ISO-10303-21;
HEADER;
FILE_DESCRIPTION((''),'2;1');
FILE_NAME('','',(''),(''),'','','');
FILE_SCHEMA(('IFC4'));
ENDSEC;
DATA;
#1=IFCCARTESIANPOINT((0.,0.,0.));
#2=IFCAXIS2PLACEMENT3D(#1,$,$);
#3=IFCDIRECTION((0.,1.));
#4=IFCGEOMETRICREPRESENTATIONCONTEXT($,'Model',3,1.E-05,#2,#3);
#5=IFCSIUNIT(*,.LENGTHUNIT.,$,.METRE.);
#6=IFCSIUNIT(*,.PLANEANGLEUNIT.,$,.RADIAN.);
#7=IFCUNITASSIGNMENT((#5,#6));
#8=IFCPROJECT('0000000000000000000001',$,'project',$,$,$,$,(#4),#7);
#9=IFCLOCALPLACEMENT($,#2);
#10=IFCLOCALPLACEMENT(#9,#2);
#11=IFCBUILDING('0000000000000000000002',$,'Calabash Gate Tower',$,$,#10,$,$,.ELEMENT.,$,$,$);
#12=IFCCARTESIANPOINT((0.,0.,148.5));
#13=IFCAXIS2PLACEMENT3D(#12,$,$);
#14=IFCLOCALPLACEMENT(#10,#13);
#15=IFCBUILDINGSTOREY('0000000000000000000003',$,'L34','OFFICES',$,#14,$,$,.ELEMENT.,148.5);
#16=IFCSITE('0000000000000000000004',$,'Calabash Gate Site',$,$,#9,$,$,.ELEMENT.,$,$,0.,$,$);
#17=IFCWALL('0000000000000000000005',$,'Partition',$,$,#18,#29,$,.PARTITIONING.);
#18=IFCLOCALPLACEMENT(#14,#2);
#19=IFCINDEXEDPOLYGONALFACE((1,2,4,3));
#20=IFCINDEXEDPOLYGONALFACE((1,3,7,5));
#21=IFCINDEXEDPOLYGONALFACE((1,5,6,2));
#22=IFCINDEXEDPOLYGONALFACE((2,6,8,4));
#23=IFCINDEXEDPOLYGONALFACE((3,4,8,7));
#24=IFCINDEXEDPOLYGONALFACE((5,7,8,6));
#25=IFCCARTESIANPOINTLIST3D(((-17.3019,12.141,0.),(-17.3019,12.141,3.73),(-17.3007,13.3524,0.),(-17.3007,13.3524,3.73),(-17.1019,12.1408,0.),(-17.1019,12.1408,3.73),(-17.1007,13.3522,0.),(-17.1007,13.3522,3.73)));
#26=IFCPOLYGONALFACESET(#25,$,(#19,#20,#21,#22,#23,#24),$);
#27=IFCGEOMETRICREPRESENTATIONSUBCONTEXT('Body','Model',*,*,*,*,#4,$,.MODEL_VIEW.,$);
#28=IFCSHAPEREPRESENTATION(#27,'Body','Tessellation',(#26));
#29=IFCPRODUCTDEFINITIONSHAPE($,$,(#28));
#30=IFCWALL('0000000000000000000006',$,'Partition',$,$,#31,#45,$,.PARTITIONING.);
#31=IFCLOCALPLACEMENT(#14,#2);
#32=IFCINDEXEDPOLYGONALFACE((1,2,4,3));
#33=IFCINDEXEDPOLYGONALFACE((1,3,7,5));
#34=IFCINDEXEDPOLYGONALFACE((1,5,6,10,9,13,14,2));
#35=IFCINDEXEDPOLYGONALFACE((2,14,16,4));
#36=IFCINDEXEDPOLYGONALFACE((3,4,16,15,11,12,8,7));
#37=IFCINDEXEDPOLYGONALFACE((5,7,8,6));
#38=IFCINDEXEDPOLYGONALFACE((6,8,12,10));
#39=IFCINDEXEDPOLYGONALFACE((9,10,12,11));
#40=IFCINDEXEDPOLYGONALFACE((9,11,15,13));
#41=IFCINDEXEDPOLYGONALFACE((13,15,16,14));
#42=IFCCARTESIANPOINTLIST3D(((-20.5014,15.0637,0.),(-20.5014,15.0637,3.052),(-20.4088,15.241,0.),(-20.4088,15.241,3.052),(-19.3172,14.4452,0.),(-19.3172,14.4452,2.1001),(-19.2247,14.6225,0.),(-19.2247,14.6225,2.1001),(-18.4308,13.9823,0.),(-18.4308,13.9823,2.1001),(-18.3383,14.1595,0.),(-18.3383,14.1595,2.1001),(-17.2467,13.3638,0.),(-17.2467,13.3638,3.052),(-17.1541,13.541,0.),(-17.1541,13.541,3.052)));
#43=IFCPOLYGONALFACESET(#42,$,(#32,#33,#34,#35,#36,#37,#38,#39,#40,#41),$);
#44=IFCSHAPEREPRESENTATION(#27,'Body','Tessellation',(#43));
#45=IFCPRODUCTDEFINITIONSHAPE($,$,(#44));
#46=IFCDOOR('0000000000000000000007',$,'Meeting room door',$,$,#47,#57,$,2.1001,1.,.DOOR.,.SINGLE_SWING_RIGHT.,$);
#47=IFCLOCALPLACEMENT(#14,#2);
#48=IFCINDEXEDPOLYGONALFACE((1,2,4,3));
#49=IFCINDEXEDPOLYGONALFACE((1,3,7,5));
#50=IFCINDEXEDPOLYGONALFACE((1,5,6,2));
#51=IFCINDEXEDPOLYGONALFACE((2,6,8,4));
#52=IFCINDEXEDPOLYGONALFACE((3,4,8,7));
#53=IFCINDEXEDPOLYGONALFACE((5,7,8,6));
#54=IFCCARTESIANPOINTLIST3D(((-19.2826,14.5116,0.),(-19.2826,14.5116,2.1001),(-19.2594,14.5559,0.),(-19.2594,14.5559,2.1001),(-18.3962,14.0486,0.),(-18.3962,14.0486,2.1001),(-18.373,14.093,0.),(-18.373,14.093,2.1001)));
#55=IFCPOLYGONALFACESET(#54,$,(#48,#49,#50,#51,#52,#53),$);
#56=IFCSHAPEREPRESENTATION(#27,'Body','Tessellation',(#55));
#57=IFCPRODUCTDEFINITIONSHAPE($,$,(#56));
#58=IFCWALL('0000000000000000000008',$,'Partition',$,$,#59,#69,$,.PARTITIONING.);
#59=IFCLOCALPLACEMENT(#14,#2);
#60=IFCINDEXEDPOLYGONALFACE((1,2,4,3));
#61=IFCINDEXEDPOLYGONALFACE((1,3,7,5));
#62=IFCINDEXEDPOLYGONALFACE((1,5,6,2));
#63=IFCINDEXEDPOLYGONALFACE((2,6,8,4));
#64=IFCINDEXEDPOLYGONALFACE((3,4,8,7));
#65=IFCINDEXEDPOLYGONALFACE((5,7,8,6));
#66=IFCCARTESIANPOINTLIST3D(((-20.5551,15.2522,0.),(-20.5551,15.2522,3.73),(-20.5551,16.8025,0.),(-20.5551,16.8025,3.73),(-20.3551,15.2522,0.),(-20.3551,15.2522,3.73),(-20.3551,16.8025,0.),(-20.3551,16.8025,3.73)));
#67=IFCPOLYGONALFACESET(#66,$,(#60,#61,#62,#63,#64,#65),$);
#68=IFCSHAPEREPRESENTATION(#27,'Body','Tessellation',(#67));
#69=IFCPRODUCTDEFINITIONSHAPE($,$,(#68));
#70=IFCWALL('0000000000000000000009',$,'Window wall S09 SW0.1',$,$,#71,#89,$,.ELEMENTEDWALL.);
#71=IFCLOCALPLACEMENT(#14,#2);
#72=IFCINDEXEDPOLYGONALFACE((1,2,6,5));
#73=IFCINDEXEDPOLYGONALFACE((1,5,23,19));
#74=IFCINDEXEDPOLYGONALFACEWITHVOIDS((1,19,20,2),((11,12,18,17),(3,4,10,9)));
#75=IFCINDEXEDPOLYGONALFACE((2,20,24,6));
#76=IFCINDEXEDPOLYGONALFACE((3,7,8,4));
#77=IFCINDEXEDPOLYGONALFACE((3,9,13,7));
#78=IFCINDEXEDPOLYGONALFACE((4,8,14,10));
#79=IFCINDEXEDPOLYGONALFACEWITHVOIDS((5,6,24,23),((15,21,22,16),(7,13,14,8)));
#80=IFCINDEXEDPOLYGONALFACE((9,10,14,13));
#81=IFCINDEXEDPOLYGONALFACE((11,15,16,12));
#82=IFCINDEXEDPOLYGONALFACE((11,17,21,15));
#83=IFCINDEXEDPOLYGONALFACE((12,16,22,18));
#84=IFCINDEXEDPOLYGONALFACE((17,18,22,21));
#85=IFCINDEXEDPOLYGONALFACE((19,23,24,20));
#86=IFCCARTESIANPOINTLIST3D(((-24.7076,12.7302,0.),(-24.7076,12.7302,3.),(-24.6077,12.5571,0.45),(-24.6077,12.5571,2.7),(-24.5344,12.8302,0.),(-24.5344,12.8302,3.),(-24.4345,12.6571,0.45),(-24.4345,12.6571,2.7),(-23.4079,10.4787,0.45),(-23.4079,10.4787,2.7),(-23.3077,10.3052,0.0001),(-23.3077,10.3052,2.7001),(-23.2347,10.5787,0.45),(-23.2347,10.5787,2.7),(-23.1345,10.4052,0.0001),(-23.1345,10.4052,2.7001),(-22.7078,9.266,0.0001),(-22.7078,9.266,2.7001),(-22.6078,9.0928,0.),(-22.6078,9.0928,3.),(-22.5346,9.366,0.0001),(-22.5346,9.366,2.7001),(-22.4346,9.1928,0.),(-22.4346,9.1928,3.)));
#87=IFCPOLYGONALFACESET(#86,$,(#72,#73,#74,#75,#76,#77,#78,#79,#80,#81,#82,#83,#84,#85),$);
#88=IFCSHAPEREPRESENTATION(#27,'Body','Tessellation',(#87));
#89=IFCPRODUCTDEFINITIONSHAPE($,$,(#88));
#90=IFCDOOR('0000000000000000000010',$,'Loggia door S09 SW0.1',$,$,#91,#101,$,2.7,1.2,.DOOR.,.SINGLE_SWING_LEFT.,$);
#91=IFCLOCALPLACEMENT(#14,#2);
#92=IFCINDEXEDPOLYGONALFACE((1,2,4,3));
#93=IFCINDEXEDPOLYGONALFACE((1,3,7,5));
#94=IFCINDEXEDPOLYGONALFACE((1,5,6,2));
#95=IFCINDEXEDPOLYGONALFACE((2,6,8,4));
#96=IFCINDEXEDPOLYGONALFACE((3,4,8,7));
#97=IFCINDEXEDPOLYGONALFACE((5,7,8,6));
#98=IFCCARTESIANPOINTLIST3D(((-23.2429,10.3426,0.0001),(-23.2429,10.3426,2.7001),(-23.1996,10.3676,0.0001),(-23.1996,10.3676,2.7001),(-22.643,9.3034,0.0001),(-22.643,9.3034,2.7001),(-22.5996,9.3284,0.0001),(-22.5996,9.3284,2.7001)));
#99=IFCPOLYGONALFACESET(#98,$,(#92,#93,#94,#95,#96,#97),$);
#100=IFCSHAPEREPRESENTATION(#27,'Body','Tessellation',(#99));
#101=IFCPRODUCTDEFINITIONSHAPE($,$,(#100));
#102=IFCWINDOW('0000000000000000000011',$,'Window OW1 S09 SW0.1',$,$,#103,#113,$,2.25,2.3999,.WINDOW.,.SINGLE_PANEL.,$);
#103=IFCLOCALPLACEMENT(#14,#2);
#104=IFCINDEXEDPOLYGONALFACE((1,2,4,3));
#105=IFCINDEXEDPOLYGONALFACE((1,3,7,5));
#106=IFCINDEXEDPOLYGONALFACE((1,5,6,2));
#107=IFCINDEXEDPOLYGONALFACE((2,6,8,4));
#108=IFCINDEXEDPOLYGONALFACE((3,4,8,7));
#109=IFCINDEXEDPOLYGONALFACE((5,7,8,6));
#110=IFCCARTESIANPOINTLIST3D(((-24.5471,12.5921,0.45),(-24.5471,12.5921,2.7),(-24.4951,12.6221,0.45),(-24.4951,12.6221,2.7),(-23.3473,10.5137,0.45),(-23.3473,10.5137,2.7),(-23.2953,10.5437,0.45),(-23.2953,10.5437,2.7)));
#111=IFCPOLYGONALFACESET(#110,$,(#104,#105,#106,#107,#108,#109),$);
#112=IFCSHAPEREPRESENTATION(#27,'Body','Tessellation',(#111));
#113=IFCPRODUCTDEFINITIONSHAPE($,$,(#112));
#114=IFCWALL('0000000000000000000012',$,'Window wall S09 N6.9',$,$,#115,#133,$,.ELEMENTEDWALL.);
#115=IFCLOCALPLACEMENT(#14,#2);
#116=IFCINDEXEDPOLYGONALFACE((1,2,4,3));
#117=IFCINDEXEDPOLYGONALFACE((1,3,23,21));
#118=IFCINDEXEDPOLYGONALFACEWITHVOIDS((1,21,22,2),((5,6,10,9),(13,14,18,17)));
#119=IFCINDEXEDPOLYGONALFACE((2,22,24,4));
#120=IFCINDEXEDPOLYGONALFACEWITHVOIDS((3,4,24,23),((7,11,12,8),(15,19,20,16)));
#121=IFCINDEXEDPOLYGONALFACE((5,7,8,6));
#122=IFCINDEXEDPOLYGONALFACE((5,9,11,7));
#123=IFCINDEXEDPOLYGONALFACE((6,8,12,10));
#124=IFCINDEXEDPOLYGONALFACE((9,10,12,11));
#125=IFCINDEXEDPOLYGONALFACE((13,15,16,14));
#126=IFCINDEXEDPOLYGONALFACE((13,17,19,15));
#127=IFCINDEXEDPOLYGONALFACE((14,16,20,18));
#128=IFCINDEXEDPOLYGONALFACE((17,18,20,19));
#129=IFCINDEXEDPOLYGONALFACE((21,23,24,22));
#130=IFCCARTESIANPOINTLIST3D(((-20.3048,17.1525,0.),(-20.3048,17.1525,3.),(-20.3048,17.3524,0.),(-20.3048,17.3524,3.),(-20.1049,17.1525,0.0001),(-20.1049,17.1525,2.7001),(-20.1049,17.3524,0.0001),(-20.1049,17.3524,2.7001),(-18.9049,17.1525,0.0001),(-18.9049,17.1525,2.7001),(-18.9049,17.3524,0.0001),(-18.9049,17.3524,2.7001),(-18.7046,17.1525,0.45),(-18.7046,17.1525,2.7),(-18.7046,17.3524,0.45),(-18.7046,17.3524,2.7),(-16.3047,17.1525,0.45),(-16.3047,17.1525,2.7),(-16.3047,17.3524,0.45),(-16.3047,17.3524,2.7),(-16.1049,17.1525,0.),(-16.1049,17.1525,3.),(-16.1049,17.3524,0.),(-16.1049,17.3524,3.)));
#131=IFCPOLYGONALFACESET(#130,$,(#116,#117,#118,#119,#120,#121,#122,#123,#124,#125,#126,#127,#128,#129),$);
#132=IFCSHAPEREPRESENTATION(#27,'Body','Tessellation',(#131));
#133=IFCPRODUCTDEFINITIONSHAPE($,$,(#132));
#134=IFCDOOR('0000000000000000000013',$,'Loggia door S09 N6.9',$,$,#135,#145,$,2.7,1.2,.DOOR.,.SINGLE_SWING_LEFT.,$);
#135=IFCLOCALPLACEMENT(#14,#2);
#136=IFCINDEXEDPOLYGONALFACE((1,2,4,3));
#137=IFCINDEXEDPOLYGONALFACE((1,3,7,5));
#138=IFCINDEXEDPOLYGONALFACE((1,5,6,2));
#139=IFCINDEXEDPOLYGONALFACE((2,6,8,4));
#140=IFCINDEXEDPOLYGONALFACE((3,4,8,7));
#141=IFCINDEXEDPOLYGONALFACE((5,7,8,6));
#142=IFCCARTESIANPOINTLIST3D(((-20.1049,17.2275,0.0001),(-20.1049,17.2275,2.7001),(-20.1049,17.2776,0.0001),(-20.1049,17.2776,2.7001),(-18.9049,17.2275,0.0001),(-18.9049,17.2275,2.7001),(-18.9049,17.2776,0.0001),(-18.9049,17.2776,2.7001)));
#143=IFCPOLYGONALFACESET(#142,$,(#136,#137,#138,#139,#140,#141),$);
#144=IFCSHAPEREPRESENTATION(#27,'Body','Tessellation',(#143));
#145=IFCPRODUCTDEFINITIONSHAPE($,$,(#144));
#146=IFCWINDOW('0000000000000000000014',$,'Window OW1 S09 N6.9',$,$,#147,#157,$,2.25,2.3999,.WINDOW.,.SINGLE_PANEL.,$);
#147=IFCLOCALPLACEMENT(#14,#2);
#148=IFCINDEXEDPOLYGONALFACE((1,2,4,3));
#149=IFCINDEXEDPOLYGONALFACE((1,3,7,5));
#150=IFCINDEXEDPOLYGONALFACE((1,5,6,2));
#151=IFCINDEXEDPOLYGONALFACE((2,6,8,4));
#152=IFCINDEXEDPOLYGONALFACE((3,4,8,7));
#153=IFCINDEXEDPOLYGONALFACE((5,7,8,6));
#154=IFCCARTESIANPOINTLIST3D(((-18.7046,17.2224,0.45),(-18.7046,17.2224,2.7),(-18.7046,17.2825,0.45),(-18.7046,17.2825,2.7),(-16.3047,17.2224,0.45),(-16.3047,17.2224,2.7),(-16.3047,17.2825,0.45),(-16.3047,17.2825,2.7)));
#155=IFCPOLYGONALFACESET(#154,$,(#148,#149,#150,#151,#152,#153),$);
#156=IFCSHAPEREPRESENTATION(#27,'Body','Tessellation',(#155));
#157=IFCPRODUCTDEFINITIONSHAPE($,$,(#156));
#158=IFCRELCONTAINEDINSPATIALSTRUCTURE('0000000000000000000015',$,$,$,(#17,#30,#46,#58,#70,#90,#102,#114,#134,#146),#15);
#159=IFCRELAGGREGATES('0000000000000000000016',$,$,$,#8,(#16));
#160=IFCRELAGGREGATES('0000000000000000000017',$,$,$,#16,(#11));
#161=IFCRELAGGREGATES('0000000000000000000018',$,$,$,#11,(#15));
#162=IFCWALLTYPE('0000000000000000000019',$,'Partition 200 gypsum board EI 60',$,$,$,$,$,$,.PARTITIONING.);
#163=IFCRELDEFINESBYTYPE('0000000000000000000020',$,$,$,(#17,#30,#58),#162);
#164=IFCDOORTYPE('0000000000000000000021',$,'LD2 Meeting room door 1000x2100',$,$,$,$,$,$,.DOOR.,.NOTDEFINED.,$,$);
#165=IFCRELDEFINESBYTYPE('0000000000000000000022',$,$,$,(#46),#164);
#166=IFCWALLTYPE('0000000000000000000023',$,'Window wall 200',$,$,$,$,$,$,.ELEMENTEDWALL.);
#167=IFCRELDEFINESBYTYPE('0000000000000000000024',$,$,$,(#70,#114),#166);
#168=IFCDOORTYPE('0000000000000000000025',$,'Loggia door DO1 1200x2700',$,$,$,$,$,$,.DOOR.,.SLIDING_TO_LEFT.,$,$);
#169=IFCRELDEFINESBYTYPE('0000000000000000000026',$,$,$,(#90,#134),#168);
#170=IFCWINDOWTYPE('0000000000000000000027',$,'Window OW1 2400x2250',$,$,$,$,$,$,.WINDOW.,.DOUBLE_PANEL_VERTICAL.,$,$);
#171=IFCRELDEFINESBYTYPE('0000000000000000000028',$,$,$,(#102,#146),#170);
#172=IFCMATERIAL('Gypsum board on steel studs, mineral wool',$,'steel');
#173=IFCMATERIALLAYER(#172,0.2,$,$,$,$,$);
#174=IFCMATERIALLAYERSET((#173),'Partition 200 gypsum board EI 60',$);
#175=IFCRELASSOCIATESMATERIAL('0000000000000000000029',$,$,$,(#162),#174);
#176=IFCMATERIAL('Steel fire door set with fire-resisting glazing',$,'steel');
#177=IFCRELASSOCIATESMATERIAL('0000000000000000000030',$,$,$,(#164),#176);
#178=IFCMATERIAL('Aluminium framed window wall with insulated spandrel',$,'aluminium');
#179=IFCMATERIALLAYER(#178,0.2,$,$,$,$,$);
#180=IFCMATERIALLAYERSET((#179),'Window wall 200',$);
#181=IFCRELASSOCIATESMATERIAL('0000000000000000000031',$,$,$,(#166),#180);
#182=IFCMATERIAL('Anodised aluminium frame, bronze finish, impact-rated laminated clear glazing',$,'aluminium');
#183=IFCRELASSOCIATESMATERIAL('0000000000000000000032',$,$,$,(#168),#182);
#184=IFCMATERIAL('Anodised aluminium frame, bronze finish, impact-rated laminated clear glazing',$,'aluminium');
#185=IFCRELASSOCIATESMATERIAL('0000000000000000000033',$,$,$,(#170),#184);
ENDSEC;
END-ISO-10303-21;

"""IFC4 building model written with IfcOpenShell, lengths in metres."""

from ifc_helpers import new_model, si_unit, direction, frame, frame_2d, origin, place, context, subcontext, project, spatial, rectangle, extrude, material, layer, layer_set, type_object, element, fill, save


model = new_model("IFC4")

# Units and contexts
model_context = context("Model", 3, precision=1e-05, world=origin(), true_north=direction((0.0, 1.0)))
body_context = subcontext(model_context, "Body", "Model", "MODEL_VIEW")
ifc_project = project(units=[si_unit("LENGTHUNIT", "METRE"), si_unit("PLANEANGLEUNIT", "RADIAN")], contexts=[model_context])

# Site, building, storey
site_placement = place(None, origin())
site = spatial("IfcSite", under=ifc_project, at=site_placement, Name="Calabash Gate Site", CompositionType="ELEMENT", RefElevation=0.0)
building_placement = place(site_placement, origin())
building = spatial("IfcBuilding", under=site, at=building_placement, Name="Calabash Gate Tower", CompositionType="ELEMENT")
storey_placement = place(building_placement, frame((0.0, 0.0, 148.5)))
storey = spatial("IfcBuildingStorey", under=building, at=storey_placement, Name="L34", Description="OFFICES", CompositionType="ELEMENT", Elevation=148.5)

# Wall
ifc_material_1 = material(Name="Gypsum board on steel studs, mineral wool", Category="steel")
ifc_layer_1 = layer(ifc_material_1, 0.2)
ifc_layer_set_1 = layer_set([ifc_layer_1], Name="Partition 200 gypsum board EI 60")
wall_type_1 = type_object("IfcWallType", Name="Partition 200 gypsum board EI 60", PredefinedType="PARTITIONING", material=ifc_layer_set_1)
wall_1_placement = place(storey_placement, frame((-17.2019, 12.1409, 0.0), z_axis=(0.0, 0.0, 1.0), x_axis=(0.001008, 0.999999, 0.0)))
element("IfcWall", 1, at=wall_1_placement, inside=storey, type_object=wall_type_1, Name="Partition", PredefinedType="PARTITIONING", context=body_context, shape_type="SweptSolid", body=[
    extrude(rectangle(XDim=1.2114, YDim=0.2, at=frame_2d((0.6057, 0.0))), origin(), (0.0, 0.0, 1.0), 3.73),
])

# Wall, opening, door
wall_2_placement = place(storey_placement, frame((-20.4551, 15.1523, 0.0), z_axis=(0.0, 0.0, 1.0), x_axis=(0.886375, -0.462968, 0.0)))
wall_2 = element("IfcWall", 2, at=wall_2_placement, inside=storey, type_object=wall_type_1, Name="Partition", PredefinedType="PARTITIONING", context=body_context, shape_type="SweptSolid", body=[
    extrude(rectangle(XDim=3.6719, YDim=0.2, at=frame_2d((1.8359, 0.0))), origin(), (0.0, 0.0, 1.0), 3.052),
])
opening_1_placement = place(wall_2_placement, frame((1.3359, 0.0, 0.0)))
opening_1 = element("IfcOpeningElement", 3, at=opening_1_placement, cuts=wall_2, PredefinedType="OPENING", context=body_context, shape_type="SweptSolid", body=[
    extrude(rectangle(XDim=1.0, YDim=2.1001, at=frame_2d((0.5, 1.05))), frame((0.0, 0.1099, 0.0), z_axis=(0.0, -1.0, 0.0), x_axis=(1.0, 0.0, 0.0)), (0.0, 0.0, 1.0), 0.22),
])
ifc_material_2 = material(Name="Steel fire door set with fire-resisting glazing", Category="steel")
door_type_1 = type_object("IfcDoorType", Name="LD2 Meeting room door 1000x2100", OperationType="NOTDEFINED", PredefinedType="DOOR", material=ifc_material_2)
door_1_placement = place(opening_1_placement, origin())
door_1 = element("IfcDoor", 4, at=door_1_placement, inside=storey, type_object=door_type_1, Name="Meeting room door", OperationType="SINGLE_SWING_RIGHT", OverallHeight=2.1001, OverallWidth=1.0, PredefinedType="DOOR", context=body_context, shape_type="SweptSolid", body=[
    extrude(rectangle(XDim=1.0, YDim=2.1001, at=frame_2d((0.5, 1.05))), frame((0.0, 0.0249, 0.0), z_axis=(0.0, -1.0, 0.0), x_axis=(1.0, 0.0, 0.0)), (0.0, 0.0, 1.0), 0.05),
])
fill(opening_1, door_1)

# Wall
wall_3_placement = place(storey_placement, frame((-20.4551, 16.8025, 0.0), z_axis=(0.0, 0.0, 1.0), x_axis=(0.0, -1.0, 0.0)))
element("IfcWall", 5, at=wall_3_placement, inside=storey, type_object=wall_type_1, Name="Partition", PredefinedType="PARTITIONING", context=body_context, shape_type="SweptSolid", body=[
    extrude(rectangle(XDim=1.5503, YDim=0.2, at=frame_2d((0.7751, 0.0))), origin(), (0.0, 0.0, 1.0), 3.73),
])

# Walls, openings, doors, windows
ifc_material_3 = material(Name="Aluminium framed window wall with insulated spandrel", Category="aluminium")
ifc_layer_2 = layer(ifc_material_3, 0.2)
ifc_layer_set_2 = layer_set([ifc_layer_2], Name="Window wall 200")
wall_type_2 = type_object("IfcWallType", Name="Window wall 200", PredefinedType="ELEMENTEDWALL", material=ifc_layer_set_2)
wall_4_placement = place(storey_placement, frame((-24.6211, 12.7803, 0.0), z_axis=(0.0, 0.0, 1.0), x_axis=(0.499959, -0.866049, 0.0)))
wall_4 = element("IfcWall", 6, at=wall_4_placement, inside=storey, type_object=wall_type_2, Name="Window wall S09 SW0.1", PredefinedType="ELEMENTEDWALL", context=body_context, shape_type="SweptSolid", body=[
    extrude(rectangle(XDim=4.2, YDim=0.2, at=frame_2d((2.1001, 0.0))), origin(), (0.0, 0.0, 1.0), 3.0),
])
opening_2_placement = place(wall_4_placement, frame((0.2, 0.0, 0.45)))
opening_2 = element("IfcOpeningElement", 7, at=opening_2_placement, cuts=wall_4, PredefinedType="OPENING", context=body_context, shape_type="SweptSolid", body=[
    extrude(rectangle(XDim=2.3999, YDim=2.25, at=frame_2d((1.2, 1.125))), frame((0.0, 0.1099, 0.0), z_axis=(0.0, -1.0, 0.0), x_axis=(1.0, 0.0, 0.0)), (0.0, 0.0, 1.0), 0.22),
])
opening_3_placement = place(wall_4_placement, frame((2.8, 0.0, 0.0)))
opening_3 = element("IfcOpeningElement", 8, at=opening_3_placement, cuts=wall_4, PredefinedType="OPENING", context=body_context, shape_type="SweptSolid", body=[
    extrude(rectangle(XDim=1.2, YDim=2.7, at=frame_2d((0.6001, 1.3501))), frame((0.0, 0.1099, 0.0), z_axis=(0.0, -1.0, 0.0), x_axis=(1.0, 0.0, 0.0)), (0.0, 0.0, 1.0), 0.22),
])
ifc_material_4 = material(Name="Anodised aluminium frame, bronze finish, impact-rated laminated clear glazing", Category="aluminium")
door_type_2 = type_object("IfcDoorType", Name="Loggia door DO1 1200x2700", OperationType="SLIDING_TO_LEFT", PredefinedType="DOOR", material=ifc_material_4)
door_2_placement = place(opening_3_placement, origin())
door_2 = element("IfcDoor", 9, at=door_2_placement, inside=storey, type_object=door_type_2, Name="Loggia door S09 SW0.1", OperationType="SINGLE_SWING_LEFT", OverallHeight=2.7, OverallWidth=1.2, PredefinedType="DOOR", context=body_context, shape_type="SweptSolid", body=[
    extrude(rectangle(XDim=1.2, YDim=2.7, at=frame_2d((0.6001, 1.3501))), frame((0.0, 0.0249, 0.0), z_axis=(0.0, -1.0, 0.0), x_axis=(1.0, 0.0, 0.0)), (0.0, 0.0, 1.0), 0.05),
])
fill(opening_3, door_2)
ifc_material_5 = material(Name="Anodised aluminium frame, bronze finish, impact-rated laminated clear glazing", Category="aluminium")
window_type = type_object("IfcWindowType", Name="Window OW1 2400x2250", PartitioningType="DOUBLE_PANEL_VERTICAL", PredefinedType="WINDOW", material=ifc_material_5)
window_1_placement = place(opening_2_placement, origin())
window_1 = element("IfcWindow", 10, at=window_1_placement, inside=storey, type_object=window_type, Name="Window OW1 S09 SW0.1", OverallHeight=2.25, OverallWidth=2.3999, PartitioningType="SINGLE_PANEL", PredefinedType="WINDOW", context=body_context, shape_type="SweptSolid", body=[
    extrude(rectangle(XDim=2.3999, YDim=2.25, at=frame_2d((1.2, 1.125))), frame((0.0, 0.03, 0.0), z_axis=(0.0, -1.0, 0.0), x_axis=(1.0, 0.0, 0.0)), (0.0, 0.0, 1.0), 0.0601),
])
fill(opening_2, window_1)
wall_5_placement = place(storey_placement, frame((-16.1047, 17.2524, 0.0), z_axis=(0.0, 0.0, 1.0), x_axis=(-1.0, 0.0, 0.0)))
wall_5 = element("IfcWall", 11, at=wall_5_placement, inside=storey, type_object=wall_type_2, Name="Window wall S09 N6.9", PredefinedType="ELEMENTEDWALL", context=body_context, shape_type="SweptSolid", body=[
    extrude(rectangle(XDim=4.2, YDim=0.2, at=frame_2d((2.1001, 0.0))), origin(), (0.0, 0.0, 1.0), 3.0),
])
opening_4_placement = place(wall_5_placement, frame((0.2, 0.0, 0.45)))
opening_4 = element("IfcOpeningElement", 12, at=opening_4_placement, cuts=wall_5, PredefinedType="OPENING", context=body_context, shape_type="SweptSolid", body=[
    extrude(rectangle(XDim=2.3999, YDim=2.25, at=frame_2d((1.2, 1.125))), frame((0.0, 0.1099, 0.0), z_axis=(0.0, -1.0, 0.0), x_axis=(1.0, 0.0, 0.0)), (0.0, 0.0, 1.0), 0.22),
])
opening_5_placement = place(wall_5_placement, frame((2.8, 0.0, 0.0)))
opening_5 = element("IfcOpeningElement", 13, at=opening_5_placement, cuts=wall_5, PredefinedType="OPENING", context=body_context, shape_type="SweptSolid", body=[
    extrude(rectangle(XDim=1.2, YDim=2.7, at=frame_2d((0.6001, 1.3501))), frame((0.0, 0.1099, 0.0), z_axis=(0.0, -1.0, 0.0), x_axis=(1.0, 0.0, 0.0)), (0.0, 0.0, 1.0), 0.22),
])
door_3_placement = place(opening_5_placement, origin())
door_3 = element("IfcDoor", 14, at=door_3_placement, inside=storey, type_object=door_type_2, Name="Loggia door S09 N6.9", OperationType="SINGLE_SWING_LEFT", OverallHeight=2.7, OverallWidth=1.2, PredefinedType="DOOR", context=body_context, shape_type="SweptSolid", body=[
    extrude(rectangle(XDim=1.2, YDim=2.7, at=frame_2d((0.6001, 1.3501))), frame((0.0, 0.0249, 0.0), z_axis=(0.0, -1.0, 0.0), x_axis=(1.0, 0.0, 0.0)), (0.0, 0.0, 1.0), 0.05),
])
fill(opening_5, door_3)
window_2_placement = place(opening_4_placement, origin())
window_2 = element("IfcWindow", 15, at=window_2_placement, inside=storey, type_object=window_type, Name="Window OW1 S09 N6.9", OverallHeight=2.25, OverallWidth=2.3999, PartitioningType="SINGLE_PANEL", PredefinedType="WINDOW", context=body_context, shape_type="SweptSolid", body=[
    extrude(rectangle(XDim=2.3999, YDim=2.25, at=frame_2d((1.2, 1.125))), frame((0.0, 0.03, 0.0), z_axis=(0.0, -1.0, 0.0), x_axis=(1.0, 0.0, 0.0)), (0.0, 0.0, 1.0), 0.0601),
])
fill(opening_4, window_2)

save(model, "model.ifc")
